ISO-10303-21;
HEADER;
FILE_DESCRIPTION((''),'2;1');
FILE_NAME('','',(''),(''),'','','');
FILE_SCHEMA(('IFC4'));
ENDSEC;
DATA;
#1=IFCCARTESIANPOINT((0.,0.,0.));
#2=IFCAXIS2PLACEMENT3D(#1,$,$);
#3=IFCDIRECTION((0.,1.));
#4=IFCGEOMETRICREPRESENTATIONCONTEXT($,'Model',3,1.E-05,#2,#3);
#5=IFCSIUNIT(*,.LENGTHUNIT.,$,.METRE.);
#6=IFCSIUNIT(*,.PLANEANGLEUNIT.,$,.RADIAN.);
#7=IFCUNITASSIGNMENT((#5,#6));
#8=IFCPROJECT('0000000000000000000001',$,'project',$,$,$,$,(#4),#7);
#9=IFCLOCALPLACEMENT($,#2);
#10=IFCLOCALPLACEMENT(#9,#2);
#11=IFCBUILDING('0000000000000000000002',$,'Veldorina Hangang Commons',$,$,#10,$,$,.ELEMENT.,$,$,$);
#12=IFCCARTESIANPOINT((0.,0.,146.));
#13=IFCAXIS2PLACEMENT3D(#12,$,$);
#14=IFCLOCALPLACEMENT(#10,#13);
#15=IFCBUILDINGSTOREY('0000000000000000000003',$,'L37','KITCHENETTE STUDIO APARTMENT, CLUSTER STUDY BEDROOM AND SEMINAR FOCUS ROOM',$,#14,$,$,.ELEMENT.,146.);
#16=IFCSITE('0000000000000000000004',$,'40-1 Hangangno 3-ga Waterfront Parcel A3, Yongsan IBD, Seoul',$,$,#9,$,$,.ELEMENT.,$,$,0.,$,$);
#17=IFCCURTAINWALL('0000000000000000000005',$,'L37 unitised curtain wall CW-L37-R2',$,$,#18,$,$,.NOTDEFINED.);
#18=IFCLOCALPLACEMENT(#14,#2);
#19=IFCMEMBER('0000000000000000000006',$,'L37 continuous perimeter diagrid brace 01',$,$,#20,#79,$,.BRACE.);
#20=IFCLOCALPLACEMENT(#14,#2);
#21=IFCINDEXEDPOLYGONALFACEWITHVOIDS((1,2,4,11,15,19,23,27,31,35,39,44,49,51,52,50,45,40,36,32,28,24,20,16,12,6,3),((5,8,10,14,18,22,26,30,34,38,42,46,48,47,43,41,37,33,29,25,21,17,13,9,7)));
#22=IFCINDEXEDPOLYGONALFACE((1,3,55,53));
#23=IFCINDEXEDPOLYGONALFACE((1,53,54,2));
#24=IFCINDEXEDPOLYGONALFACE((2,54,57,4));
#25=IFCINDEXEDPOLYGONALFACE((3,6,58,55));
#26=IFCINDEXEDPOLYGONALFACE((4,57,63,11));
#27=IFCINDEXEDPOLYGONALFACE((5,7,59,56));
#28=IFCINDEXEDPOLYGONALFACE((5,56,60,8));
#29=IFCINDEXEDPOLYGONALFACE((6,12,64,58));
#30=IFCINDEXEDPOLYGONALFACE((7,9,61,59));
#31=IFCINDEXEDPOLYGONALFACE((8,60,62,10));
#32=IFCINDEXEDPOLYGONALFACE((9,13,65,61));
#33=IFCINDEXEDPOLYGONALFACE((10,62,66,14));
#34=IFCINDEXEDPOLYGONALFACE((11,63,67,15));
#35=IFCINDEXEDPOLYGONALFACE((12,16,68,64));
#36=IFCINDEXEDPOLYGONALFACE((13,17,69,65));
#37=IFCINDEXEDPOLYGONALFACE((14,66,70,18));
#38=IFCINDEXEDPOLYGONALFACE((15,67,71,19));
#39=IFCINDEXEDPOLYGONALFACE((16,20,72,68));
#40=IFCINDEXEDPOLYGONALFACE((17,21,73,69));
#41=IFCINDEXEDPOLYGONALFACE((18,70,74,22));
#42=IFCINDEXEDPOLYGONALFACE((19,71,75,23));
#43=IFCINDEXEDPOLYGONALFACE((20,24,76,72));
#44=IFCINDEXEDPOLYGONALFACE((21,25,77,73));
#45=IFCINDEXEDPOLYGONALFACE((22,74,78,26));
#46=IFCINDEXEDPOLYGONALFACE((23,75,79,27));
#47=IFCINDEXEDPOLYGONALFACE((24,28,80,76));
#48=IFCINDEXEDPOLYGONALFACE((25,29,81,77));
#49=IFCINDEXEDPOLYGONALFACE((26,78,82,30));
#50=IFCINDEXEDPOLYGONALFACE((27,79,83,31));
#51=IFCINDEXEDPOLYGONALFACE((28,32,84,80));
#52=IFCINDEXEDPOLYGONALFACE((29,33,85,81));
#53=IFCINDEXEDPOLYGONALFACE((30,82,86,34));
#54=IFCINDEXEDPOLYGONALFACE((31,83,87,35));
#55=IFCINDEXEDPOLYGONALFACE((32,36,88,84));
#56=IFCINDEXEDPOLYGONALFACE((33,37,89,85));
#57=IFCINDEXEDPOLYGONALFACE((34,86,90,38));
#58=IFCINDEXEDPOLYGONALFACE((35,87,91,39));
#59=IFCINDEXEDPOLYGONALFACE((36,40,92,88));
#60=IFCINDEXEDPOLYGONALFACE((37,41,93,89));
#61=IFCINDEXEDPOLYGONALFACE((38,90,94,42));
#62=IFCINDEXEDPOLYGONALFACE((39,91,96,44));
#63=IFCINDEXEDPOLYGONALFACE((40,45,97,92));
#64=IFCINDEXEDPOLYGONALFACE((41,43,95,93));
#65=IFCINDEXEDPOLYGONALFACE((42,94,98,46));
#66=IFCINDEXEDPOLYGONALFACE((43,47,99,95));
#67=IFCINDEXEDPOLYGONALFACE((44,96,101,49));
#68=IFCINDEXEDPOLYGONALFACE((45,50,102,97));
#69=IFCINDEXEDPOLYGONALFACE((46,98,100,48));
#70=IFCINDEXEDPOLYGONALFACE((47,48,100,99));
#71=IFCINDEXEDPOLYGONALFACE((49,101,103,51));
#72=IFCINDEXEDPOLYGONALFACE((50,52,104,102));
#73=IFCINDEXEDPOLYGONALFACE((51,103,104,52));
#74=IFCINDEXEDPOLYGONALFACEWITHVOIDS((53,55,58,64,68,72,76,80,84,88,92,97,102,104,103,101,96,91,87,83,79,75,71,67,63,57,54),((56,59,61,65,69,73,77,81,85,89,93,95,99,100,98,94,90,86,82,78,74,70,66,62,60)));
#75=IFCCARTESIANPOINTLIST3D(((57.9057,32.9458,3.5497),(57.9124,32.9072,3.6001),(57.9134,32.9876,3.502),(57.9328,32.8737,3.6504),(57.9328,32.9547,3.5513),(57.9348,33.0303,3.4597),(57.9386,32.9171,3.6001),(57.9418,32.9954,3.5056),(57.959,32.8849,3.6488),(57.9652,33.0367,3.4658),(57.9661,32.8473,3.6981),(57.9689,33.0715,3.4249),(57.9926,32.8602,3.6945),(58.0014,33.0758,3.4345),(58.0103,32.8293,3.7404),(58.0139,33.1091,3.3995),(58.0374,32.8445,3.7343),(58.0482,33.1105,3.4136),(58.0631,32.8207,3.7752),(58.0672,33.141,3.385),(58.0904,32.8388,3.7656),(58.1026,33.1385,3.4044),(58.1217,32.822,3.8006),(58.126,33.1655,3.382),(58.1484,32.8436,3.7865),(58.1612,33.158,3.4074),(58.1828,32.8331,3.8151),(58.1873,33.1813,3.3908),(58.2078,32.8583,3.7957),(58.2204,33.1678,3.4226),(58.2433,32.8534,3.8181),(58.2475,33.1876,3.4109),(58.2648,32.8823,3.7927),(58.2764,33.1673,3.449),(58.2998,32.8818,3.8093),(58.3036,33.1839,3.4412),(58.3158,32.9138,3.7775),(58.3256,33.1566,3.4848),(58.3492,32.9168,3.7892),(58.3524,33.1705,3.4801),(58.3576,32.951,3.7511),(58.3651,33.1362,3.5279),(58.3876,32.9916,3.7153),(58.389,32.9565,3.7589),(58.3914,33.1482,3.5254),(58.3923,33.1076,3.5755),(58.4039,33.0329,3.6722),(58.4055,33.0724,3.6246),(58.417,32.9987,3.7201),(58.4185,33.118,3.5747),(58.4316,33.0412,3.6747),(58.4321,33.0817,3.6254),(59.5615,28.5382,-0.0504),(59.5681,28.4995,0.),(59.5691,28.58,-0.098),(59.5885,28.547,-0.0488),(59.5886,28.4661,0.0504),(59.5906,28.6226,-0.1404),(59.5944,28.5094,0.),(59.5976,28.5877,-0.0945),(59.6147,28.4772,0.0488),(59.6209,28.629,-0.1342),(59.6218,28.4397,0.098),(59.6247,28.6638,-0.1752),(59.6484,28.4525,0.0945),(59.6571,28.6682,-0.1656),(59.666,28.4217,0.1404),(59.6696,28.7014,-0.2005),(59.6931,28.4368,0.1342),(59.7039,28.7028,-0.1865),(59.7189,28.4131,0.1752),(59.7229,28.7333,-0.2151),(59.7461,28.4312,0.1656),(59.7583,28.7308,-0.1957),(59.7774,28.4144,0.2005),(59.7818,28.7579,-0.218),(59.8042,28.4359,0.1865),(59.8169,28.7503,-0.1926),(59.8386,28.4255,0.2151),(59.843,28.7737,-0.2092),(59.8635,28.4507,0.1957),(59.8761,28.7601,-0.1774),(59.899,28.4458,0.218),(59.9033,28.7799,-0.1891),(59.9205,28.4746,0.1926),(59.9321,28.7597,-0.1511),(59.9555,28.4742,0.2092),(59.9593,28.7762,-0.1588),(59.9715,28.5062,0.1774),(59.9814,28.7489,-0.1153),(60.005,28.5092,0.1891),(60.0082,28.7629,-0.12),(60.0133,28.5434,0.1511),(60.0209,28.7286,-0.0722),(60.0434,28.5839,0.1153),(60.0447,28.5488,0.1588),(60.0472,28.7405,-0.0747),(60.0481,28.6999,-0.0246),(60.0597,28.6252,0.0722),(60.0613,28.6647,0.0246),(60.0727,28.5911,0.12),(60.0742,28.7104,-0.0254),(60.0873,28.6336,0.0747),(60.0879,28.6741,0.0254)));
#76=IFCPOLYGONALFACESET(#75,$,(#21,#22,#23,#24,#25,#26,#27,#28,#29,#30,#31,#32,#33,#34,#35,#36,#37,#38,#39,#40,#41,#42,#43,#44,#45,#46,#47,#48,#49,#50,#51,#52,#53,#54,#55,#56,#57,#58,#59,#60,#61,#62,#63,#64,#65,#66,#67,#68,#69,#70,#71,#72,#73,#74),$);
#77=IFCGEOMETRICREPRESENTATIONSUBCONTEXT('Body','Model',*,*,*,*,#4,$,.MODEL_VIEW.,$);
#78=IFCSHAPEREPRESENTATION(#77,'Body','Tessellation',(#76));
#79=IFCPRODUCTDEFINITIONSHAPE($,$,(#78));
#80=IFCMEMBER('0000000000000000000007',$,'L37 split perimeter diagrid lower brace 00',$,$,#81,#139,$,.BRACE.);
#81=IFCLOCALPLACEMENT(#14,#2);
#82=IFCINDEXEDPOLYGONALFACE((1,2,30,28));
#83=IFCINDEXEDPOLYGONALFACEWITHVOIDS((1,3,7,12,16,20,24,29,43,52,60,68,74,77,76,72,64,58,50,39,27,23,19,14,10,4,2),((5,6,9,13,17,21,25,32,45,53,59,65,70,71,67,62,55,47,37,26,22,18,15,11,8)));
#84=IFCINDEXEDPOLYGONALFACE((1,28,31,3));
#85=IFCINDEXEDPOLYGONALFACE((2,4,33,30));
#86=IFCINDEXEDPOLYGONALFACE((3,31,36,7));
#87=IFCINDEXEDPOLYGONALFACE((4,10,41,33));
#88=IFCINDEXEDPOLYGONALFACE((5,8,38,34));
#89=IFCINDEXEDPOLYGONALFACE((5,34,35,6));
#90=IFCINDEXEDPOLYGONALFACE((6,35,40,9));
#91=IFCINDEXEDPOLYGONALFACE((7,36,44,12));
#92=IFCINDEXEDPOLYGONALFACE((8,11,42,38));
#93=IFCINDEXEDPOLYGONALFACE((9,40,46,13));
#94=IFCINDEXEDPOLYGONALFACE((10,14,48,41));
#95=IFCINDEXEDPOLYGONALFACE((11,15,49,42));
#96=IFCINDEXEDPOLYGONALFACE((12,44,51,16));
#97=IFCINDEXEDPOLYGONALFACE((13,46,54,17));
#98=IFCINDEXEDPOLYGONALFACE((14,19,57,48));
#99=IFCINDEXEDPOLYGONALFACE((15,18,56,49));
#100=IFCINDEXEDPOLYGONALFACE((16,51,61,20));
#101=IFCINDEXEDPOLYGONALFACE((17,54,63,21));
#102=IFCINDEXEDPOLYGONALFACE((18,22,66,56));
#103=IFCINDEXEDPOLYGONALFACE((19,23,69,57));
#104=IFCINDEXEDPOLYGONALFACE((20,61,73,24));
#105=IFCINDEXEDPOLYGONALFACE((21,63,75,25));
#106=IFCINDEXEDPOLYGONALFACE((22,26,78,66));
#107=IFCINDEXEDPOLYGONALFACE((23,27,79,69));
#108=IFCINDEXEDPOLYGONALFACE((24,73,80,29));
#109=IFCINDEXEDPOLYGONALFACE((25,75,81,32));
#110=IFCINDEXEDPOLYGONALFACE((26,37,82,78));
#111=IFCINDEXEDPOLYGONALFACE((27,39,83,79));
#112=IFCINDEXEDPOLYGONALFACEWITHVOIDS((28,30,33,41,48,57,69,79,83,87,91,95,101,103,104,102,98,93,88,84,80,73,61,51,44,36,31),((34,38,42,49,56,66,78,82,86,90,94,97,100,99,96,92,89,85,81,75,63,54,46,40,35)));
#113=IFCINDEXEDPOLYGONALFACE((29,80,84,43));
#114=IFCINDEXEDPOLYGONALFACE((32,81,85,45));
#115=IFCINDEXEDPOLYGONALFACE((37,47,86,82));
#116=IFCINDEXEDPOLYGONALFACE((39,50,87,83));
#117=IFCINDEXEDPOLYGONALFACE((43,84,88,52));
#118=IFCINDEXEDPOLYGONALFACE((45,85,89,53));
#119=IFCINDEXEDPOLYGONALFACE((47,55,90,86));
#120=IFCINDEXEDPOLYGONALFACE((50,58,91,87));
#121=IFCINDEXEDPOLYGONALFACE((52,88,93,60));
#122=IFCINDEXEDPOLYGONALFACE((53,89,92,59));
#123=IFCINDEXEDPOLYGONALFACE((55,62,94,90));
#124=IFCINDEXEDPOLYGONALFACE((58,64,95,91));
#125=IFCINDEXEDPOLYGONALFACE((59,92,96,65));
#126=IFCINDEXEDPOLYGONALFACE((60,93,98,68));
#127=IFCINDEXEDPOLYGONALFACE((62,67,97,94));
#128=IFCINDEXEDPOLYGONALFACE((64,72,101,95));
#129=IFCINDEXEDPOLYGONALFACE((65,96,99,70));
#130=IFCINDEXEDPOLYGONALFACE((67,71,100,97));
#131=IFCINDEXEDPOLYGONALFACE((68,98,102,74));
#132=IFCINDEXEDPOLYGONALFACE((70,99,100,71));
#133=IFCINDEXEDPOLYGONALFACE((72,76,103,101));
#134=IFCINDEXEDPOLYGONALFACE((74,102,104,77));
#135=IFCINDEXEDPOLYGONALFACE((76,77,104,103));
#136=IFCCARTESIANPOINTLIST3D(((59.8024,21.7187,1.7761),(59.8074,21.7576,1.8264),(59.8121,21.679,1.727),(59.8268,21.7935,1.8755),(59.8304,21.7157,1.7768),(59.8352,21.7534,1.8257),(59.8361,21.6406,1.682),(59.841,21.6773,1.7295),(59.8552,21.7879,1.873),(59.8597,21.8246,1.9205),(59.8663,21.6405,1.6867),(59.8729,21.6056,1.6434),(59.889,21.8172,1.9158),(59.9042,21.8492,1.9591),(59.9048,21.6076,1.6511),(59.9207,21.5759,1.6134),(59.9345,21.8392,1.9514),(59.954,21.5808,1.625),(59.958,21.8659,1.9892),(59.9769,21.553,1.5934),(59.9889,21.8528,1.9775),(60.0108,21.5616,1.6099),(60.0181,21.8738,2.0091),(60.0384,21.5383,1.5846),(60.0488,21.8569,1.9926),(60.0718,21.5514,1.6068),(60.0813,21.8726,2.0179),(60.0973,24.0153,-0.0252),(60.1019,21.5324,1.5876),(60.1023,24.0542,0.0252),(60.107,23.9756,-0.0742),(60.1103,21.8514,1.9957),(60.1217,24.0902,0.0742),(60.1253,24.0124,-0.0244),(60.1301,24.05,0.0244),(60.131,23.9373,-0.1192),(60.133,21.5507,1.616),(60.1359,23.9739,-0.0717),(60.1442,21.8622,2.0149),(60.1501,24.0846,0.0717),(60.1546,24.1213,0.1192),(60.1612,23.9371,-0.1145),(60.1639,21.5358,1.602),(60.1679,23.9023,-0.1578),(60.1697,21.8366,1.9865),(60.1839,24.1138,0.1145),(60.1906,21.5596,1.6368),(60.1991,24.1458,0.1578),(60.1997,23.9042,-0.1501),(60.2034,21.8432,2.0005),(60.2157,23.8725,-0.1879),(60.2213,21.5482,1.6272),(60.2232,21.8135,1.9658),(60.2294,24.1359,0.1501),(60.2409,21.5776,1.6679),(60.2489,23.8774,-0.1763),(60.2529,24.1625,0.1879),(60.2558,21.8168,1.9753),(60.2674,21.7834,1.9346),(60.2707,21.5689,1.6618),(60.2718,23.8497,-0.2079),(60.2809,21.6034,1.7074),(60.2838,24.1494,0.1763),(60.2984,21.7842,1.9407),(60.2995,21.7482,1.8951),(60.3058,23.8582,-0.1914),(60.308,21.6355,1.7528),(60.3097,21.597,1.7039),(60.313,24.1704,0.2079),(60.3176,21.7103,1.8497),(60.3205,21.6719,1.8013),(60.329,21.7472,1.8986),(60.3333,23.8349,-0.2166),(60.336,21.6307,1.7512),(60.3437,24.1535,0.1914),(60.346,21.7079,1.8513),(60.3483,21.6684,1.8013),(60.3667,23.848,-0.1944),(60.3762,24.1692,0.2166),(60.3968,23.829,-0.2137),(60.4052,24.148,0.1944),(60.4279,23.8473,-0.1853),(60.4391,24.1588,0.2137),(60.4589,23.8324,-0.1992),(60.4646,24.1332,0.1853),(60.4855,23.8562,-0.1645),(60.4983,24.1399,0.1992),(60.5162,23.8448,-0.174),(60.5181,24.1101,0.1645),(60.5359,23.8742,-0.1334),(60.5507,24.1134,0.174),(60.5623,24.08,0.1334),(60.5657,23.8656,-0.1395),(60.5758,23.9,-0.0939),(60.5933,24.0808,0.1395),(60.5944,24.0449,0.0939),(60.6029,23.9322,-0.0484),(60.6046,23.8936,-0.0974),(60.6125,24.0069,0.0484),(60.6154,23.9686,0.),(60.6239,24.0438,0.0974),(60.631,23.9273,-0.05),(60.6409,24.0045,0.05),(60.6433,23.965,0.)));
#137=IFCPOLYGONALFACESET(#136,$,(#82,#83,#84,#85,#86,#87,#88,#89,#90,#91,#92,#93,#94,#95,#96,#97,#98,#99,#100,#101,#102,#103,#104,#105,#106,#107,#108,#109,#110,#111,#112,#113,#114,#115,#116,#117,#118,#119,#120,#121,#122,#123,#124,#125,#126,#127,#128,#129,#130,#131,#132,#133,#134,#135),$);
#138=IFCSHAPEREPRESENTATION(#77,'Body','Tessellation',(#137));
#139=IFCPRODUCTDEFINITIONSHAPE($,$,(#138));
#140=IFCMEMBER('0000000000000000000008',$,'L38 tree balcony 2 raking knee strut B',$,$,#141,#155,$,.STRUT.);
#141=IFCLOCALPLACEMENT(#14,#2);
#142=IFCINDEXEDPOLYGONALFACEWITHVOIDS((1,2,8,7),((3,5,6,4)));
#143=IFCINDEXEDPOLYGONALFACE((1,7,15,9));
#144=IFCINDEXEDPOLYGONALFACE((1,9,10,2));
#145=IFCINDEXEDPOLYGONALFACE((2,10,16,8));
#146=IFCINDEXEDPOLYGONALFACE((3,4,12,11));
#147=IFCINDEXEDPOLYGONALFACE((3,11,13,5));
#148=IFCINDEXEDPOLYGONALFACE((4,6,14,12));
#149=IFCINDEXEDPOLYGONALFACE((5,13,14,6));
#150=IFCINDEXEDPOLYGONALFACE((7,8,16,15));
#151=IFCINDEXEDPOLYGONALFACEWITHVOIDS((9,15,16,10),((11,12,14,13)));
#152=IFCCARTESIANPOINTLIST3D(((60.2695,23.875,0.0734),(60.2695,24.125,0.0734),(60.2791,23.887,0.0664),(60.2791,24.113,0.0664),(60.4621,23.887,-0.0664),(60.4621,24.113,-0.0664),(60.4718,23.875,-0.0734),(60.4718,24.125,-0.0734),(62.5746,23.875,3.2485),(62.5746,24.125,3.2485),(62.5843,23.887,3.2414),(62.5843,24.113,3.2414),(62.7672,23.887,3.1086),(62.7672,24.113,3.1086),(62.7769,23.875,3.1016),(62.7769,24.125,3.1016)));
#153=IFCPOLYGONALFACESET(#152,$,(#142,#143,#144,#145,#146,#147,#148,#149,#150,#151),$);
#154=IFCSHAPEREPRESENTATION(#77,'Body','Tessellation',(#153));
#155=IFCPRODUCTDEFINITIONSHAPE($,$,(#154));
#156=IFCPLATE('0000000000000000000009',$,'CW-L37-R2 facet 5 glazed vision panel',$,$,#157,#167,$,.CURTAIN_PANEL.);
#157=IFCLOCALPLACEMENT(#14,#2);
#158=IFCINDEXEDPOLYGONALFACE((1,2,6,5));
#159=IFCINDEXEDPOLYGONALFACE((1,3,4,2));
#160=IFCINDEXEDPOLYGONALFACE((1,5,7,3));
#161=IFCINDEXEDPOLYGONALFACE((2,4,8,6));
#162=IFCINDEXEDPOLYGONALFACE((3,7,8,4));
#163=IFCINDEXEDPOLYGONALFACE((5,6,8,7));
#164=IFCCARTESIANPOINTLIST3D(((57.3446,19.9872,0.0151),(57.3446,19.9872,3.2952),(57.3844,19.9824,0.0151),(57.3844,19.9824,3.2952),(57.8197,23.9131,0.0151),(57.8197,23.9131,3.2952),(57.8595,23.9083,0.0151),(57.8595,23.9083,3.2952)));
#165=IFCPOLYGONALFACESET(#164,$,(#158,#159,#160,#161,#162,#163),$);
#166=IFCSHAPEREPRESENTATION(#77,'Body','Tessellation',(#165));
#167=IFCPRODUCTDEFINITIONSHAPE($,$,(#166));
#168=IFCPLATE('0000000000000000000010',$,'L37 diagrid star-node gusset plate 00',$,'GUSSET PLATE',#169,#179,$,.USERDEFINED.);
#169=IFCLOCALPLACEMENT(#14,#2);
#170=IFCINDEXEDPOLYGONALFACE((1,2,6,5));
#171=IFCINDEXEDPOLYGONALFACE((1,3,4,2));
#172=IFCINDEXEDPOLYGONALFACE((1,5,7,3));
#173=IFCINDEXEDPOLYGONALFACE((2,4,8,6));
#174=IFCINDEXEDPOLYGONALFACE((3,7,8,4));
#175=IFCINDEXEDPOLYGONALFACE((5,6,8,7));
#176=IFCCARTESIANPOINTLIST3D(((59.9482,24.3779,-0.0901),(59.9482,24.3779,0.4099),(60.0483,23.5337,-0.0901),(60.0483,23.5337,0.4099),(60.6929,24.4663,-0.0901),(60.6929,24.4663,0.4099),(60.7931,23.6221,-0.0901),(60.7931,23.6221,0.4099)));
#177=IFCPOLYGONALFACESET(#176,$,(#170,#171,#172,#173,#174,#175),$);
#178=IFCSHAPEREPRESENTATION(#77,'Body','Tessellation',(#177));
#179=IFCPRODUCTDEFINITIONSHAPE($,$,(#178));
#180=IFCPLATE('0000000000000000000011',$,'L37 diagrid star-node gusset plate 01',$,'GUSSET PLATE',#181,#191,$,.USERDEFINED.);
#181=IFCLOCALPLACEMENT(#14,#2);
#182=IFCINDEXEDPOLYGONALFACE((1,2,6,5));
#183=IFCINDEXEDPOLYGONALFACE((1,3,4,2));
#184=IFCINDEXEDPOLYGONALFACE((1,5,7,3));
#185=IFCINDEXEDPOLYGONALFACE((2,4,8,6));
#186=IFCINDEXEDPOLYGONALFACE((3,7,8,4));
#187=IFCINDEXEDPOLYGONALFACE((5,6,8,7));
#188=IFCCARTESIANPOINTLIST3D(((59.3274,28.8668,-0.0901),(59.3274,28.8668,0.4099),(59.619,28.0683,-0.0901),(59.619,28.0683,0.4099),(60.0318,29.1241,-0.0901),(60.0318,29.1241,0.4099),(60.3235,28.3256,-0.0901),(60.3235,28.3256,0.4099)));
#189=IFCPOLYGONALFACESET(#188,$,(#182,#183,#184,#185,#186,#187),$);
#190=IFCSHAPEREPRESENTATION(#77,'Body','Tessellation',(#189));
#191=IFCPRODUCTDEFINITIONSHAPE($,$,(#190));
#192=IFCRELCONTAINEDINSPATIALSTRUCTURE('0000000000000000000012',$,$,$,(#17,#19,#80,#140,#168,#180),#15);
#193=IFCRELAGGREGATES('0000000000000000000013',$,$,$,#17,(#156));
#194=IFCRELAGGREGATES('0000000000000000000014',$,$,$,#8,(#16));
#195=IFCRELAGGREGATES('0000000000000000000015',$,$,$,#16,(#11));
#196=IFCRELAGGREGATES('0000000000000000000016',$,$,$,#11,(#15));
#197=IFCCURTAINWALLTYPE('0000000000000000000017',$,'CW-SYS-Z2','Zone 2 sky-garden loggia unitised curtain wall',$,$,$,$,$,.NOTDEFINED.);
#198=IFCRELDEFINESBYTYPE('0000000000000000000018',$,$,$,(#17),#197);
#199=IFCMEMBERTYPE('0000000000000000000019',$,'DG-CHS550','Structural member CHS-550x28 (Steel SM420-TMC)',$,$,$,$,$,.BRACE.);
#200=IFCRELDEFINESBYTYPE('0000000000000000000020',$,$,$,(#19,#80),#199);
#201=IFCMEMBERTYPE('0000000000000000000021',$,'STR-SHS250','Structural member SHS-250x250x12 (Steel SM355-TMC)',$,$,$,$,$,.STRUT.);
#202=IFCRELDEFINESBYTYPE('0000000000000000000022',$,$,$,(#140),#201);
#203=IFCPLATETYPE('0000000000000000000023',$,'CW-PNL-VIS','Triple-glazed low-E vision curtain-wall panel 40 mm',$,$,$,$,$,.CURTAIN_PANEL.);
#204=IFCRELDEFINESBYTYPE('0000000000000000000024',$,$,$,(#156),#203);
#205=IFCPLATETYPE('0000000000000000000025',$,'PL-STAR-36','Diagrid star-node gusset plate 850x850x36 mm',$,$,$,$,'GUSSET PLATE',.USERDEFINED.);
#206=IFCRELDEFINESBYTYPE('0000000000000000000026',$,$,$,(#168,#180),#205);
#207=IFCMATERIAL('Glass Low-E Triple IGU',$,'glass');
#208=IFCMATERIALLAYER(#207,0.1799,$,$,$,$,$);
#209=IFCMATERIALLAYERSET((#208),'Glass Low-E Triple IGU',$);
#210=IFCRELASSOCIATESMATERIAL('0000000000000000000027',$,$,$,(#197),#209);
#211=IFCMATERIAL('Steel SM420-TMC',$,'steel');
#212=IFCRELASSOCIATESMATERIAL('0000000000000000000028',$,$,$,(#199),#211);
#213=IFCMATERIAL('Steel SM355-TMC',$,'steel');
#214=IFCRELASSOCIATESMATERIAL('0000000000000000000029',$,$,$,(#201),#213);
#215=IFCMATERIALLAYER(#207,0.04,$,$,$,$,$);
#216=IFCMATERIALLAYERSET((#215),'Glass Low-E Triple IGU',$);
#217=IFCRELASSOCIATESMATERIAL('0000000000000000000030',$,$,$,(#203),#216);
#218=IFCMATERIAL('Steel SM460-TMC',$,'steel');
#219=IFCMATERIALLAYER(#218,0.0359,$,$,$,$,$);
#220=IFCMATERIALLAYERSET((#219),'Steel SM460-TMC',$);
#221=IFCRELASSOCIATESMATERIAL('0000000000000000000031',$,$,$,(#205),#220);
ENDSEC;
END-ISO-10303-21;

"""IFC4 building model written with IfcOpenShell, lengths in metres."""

from ifc_helpers import new_model, si_unit, direction, frame, origin, origin_2d, place, context, subcontext, project, spatial, rectangle, hollow_rectangle, hollow_circle, extrude, material, layer, layer_set, material_profile, profile_set, type_object, element, aggregate, save


model = new_model("IFC4")

# Units and contexts
model_context = context("Model", 3, precision=1e-05, world=origin(), true_north=direction((0.0, 1.0)))
body_context = subcontext(model_context, "Body", "Model", "MODEL_VIEW")
ifc_project = project(units=[si_unit("LENGTHUNIT", "METRE"), si_unit("PLANEANGLEUNIT", "RADIAN")], contexts=[model_context])

# Site, building, storey
site_placement = place(None, origin())
site = spatial("IfcSite", under=ifc_project, at=site_placement, Name="40-1 Hangangno 3-ga Waterfront Parcel A3, Yongsan IBD, Seoul", CompositionType="ELEMENT", RefElevation=0.0)
building_placement = place(site_placement, origin())
building = spatial("IfcBuilding", under=site, at=building_placement, Name="Veldorina Hangang Commons", CompositionType="ELEMENT")
storey_placement = place(building_placement, frame((0.0, 0.0, 146.0)))
storey = spatial("IfcBuildingStorey", under=building, at=storey_placement, Name="L37", Description="KITCHENETTE STUDIO APARTMENT, CLUSTER STUDY BEDROOM AND SEMINAR FOCUS ROOM", CompositionType="ELEMENT", Elevation=146.0)

# Shared definitions
ifc_material_1 = material(Name="Steel SM355-TMC", Category="steel")
ifc_material_2 = material(Name="Steel SM420-TMC", Category="steel")

# Curtain wall
ifc_material_3 = material(Name="Glass Low-E Triple IGU", Category="glass")
ifc_layer_1 = layer(ifc_material_3, 0.1799)
ifc_layer_set_1 = layer_set([ifc_layer_1], Name="Glass Low-E Triple IGU")
curtain_wall_type = type_object("IfcCurtainWallType", Name="CW-SYS-Z2", Description="Zone 2 sky-garden loggia unitised curtain wall", PredefinedType="NOTDEFINED", material=ifc_layer_set_1)
curtain_wall_placement = place(storey_placement, origin())
curtain_wall = element("IfcCurtainWall", 1, at=curtain_wall_placement, inside=storey, type_object=curtain_wall_type, Name="L37 unitised curtain wall CW-L37-R2", PredefinedType="NOTDEFINED")

# Members
ifc_material_profile_1 = material_profile(ifc_material_2, hollow_circle(Radius=0.2749, WallThickness=0.0281, at=origin_2d()), Name="CHS-550x28")
ifc_profile_set_1 = profile_set([ifc_material_profile_1], Name="Steel SM420-TMC")
member_type_1 = type_object("IfcMemberType", Name="DG-CHS550", Description="Structural member CHS-550x28 (Steel SM420-TMC)", PredefinedType="BRACE", material=ifc_profile_set_1)
member_1_placement = place(storey_placement, frame((59.8254, 28.5962, 0.0), z_axis=(-0.279356, 0.743658, 0.607399), x_axis=(-0.936129, -0.351658, 0.0)))
element("IfcMember", 2, at=member_1_placement, inside=storey, type_object=member_type_1, Name="L37 continuous perimeter diagrid brace 01", PredefinedType="BRACE", context=body_context, shape_type="SweptSolid", body=[
    extrude(hollow_circle(Radius=0.2749, WallThickness=0.0281, at=origin_2d()), origin(), (0.0, 0.0, 1.0), 5.927),
])
member_2_placement = place(storey_placement, frame((60.3706, 24.0, 0.0), z_axis=(-0.100532, -0.782869, 0.614011), x_axis=(0.991855, -0.127369, 0.0)))
element("IfcMember", 3, at=member_2_placement, inside=storey, type_object=member_type_1, Name="L37 split perimeter diagrid lower brace 00", PredefinedType="BRACE", context=body_context, shape_type="SweptSolid", body=[
    extrude(hollow_circle(Radius=0.2749, WallThickness=0.0281, at=origin_2d()), origin(), (0.0, 0.0, 1.0), 2.9336),
])
ifc_material_profile_2 = material_profile(ifc_material_1, hollow_rectangle(XDim=0.25, YDim=0.25, WallThickness=0.012, at=origin_2d()), Name="SHS-250x250x12")
ifc_profile_set_2 = profile_set([ifc_material_profile_2], Name="Steel SM355-TMC")
member_type_2 = type_object("IfcMemberType", Name="STR-SHS250", Description="Structural member SHS-250x250x12 (Steel SM355-TMC)", PredefinedType="STRUT", material=ifc_profile_set_2)
member_3_placement = place(storey_placement, frame((60.3706, 24.0, 0.0), z_axis=(0.587513, 0.0, 0.809215), x_axis=(0.0, 1.0, 0.0)))
element("IfcMember", 4, at=member_3_placement, inside=storey, type_object=member_type_2, Name="L38 tree balcony 2 raking knee strut B", PredefinedType="STRUT", context=body_context, shape_type="SweptSolid", body=[
    extrude(hollow_rectangle(XDim=0.25, YDim=0.25, WallThickness=0.012, at=origin_2d()), origin(), (0.0, 0.0, 1.0), 3.9236),
])

# Plate
ifc_layer_2 = layer(ifc_material_3, 0.04)
ifc_layer_set_2 = layer_set([ifc_layer_2], Name="Glass Low-E Triple IGU")
plate_type_1 = type_object("IfcPlateType", Name="CW-PNL-VIS", Description="Triple-glazed low-E vision curtain-wall panel 40 mm", PredefinedType="CURTAIN_PANEL", material=ifc_layer_set_2)
plate_1_placement = place(storey_placement, frame((57.6021, 21.9478, 0.0151), z_axis=(0.0, 0.0, 1.0), x_axis=(0.120137, 0.992757, 0.0)))
plate_1 = element("IfcPlate", 5, at=plate_1_placement, type_object=plate_type_1, Name="CW-L37-R2 facet 5 glazed vision panel", PredefinedType="CURTAIN_PANEL", context=body_context, shape_type="SweptSolid", body=[
    extrude(rectangle(XDim=3.9546, YDim=0.04, at=origin_2d()), origin(), (0.0, 0.0, 1.0), 3.28),
])
aggregate(curtain_wall, [plate_1])

# Plates
ifc_material_4 = material(Name="Steel SM460-TMC", Category="steel")
ifc_layer_3 = layer(ifc_material_4, 0.0359)
ifc_layer_set_3 = layer_set([ifc_layer_3], Name="Steel SM460-TMC")
plate_type_2 = type_object("IfcPlateType", Name="PL-STAR-36", Description="Diagrid star-node gusset plate 850x850x36 mm", ElementType="GUSSET PLATE", PredefinedType="USERDEFINED", material=ifc_layer_set_3)
for number, where, z_axis, x_axis, name in (
    (6, (60.3706, 24.0, -0.0901), (0.0, 0.0, 1.0), (-0.11778, 0.99304, 0.0), "L37 diagrid star-node gusset plate 00"),
    (7, (59.8254, 28.5962, -0.0901), (0.0, 0.0, 1.0), (-0.343119, 0.939292, 0.0), "L37 diagrid star-node gusset plate 01"),
):
    element("IfcPlate", number, at=place(storey_placement, frame(where, z_axis=z_axis, x_axis=x_axis)), inside=storey, type_object=plate_type_2, Name=name, ObjectType="GUSSET PLATE", PredefinedType="USERDEFINED", context=body_context, shape_type="SweptSolid", body=[
        extrude(rectangle(XDim=0.8501, YDim=0.75, at=origin_2d()), origin(), (0.0, 0.0, 1.0), 0.5),
    ])

save(model, "model.ifc")
